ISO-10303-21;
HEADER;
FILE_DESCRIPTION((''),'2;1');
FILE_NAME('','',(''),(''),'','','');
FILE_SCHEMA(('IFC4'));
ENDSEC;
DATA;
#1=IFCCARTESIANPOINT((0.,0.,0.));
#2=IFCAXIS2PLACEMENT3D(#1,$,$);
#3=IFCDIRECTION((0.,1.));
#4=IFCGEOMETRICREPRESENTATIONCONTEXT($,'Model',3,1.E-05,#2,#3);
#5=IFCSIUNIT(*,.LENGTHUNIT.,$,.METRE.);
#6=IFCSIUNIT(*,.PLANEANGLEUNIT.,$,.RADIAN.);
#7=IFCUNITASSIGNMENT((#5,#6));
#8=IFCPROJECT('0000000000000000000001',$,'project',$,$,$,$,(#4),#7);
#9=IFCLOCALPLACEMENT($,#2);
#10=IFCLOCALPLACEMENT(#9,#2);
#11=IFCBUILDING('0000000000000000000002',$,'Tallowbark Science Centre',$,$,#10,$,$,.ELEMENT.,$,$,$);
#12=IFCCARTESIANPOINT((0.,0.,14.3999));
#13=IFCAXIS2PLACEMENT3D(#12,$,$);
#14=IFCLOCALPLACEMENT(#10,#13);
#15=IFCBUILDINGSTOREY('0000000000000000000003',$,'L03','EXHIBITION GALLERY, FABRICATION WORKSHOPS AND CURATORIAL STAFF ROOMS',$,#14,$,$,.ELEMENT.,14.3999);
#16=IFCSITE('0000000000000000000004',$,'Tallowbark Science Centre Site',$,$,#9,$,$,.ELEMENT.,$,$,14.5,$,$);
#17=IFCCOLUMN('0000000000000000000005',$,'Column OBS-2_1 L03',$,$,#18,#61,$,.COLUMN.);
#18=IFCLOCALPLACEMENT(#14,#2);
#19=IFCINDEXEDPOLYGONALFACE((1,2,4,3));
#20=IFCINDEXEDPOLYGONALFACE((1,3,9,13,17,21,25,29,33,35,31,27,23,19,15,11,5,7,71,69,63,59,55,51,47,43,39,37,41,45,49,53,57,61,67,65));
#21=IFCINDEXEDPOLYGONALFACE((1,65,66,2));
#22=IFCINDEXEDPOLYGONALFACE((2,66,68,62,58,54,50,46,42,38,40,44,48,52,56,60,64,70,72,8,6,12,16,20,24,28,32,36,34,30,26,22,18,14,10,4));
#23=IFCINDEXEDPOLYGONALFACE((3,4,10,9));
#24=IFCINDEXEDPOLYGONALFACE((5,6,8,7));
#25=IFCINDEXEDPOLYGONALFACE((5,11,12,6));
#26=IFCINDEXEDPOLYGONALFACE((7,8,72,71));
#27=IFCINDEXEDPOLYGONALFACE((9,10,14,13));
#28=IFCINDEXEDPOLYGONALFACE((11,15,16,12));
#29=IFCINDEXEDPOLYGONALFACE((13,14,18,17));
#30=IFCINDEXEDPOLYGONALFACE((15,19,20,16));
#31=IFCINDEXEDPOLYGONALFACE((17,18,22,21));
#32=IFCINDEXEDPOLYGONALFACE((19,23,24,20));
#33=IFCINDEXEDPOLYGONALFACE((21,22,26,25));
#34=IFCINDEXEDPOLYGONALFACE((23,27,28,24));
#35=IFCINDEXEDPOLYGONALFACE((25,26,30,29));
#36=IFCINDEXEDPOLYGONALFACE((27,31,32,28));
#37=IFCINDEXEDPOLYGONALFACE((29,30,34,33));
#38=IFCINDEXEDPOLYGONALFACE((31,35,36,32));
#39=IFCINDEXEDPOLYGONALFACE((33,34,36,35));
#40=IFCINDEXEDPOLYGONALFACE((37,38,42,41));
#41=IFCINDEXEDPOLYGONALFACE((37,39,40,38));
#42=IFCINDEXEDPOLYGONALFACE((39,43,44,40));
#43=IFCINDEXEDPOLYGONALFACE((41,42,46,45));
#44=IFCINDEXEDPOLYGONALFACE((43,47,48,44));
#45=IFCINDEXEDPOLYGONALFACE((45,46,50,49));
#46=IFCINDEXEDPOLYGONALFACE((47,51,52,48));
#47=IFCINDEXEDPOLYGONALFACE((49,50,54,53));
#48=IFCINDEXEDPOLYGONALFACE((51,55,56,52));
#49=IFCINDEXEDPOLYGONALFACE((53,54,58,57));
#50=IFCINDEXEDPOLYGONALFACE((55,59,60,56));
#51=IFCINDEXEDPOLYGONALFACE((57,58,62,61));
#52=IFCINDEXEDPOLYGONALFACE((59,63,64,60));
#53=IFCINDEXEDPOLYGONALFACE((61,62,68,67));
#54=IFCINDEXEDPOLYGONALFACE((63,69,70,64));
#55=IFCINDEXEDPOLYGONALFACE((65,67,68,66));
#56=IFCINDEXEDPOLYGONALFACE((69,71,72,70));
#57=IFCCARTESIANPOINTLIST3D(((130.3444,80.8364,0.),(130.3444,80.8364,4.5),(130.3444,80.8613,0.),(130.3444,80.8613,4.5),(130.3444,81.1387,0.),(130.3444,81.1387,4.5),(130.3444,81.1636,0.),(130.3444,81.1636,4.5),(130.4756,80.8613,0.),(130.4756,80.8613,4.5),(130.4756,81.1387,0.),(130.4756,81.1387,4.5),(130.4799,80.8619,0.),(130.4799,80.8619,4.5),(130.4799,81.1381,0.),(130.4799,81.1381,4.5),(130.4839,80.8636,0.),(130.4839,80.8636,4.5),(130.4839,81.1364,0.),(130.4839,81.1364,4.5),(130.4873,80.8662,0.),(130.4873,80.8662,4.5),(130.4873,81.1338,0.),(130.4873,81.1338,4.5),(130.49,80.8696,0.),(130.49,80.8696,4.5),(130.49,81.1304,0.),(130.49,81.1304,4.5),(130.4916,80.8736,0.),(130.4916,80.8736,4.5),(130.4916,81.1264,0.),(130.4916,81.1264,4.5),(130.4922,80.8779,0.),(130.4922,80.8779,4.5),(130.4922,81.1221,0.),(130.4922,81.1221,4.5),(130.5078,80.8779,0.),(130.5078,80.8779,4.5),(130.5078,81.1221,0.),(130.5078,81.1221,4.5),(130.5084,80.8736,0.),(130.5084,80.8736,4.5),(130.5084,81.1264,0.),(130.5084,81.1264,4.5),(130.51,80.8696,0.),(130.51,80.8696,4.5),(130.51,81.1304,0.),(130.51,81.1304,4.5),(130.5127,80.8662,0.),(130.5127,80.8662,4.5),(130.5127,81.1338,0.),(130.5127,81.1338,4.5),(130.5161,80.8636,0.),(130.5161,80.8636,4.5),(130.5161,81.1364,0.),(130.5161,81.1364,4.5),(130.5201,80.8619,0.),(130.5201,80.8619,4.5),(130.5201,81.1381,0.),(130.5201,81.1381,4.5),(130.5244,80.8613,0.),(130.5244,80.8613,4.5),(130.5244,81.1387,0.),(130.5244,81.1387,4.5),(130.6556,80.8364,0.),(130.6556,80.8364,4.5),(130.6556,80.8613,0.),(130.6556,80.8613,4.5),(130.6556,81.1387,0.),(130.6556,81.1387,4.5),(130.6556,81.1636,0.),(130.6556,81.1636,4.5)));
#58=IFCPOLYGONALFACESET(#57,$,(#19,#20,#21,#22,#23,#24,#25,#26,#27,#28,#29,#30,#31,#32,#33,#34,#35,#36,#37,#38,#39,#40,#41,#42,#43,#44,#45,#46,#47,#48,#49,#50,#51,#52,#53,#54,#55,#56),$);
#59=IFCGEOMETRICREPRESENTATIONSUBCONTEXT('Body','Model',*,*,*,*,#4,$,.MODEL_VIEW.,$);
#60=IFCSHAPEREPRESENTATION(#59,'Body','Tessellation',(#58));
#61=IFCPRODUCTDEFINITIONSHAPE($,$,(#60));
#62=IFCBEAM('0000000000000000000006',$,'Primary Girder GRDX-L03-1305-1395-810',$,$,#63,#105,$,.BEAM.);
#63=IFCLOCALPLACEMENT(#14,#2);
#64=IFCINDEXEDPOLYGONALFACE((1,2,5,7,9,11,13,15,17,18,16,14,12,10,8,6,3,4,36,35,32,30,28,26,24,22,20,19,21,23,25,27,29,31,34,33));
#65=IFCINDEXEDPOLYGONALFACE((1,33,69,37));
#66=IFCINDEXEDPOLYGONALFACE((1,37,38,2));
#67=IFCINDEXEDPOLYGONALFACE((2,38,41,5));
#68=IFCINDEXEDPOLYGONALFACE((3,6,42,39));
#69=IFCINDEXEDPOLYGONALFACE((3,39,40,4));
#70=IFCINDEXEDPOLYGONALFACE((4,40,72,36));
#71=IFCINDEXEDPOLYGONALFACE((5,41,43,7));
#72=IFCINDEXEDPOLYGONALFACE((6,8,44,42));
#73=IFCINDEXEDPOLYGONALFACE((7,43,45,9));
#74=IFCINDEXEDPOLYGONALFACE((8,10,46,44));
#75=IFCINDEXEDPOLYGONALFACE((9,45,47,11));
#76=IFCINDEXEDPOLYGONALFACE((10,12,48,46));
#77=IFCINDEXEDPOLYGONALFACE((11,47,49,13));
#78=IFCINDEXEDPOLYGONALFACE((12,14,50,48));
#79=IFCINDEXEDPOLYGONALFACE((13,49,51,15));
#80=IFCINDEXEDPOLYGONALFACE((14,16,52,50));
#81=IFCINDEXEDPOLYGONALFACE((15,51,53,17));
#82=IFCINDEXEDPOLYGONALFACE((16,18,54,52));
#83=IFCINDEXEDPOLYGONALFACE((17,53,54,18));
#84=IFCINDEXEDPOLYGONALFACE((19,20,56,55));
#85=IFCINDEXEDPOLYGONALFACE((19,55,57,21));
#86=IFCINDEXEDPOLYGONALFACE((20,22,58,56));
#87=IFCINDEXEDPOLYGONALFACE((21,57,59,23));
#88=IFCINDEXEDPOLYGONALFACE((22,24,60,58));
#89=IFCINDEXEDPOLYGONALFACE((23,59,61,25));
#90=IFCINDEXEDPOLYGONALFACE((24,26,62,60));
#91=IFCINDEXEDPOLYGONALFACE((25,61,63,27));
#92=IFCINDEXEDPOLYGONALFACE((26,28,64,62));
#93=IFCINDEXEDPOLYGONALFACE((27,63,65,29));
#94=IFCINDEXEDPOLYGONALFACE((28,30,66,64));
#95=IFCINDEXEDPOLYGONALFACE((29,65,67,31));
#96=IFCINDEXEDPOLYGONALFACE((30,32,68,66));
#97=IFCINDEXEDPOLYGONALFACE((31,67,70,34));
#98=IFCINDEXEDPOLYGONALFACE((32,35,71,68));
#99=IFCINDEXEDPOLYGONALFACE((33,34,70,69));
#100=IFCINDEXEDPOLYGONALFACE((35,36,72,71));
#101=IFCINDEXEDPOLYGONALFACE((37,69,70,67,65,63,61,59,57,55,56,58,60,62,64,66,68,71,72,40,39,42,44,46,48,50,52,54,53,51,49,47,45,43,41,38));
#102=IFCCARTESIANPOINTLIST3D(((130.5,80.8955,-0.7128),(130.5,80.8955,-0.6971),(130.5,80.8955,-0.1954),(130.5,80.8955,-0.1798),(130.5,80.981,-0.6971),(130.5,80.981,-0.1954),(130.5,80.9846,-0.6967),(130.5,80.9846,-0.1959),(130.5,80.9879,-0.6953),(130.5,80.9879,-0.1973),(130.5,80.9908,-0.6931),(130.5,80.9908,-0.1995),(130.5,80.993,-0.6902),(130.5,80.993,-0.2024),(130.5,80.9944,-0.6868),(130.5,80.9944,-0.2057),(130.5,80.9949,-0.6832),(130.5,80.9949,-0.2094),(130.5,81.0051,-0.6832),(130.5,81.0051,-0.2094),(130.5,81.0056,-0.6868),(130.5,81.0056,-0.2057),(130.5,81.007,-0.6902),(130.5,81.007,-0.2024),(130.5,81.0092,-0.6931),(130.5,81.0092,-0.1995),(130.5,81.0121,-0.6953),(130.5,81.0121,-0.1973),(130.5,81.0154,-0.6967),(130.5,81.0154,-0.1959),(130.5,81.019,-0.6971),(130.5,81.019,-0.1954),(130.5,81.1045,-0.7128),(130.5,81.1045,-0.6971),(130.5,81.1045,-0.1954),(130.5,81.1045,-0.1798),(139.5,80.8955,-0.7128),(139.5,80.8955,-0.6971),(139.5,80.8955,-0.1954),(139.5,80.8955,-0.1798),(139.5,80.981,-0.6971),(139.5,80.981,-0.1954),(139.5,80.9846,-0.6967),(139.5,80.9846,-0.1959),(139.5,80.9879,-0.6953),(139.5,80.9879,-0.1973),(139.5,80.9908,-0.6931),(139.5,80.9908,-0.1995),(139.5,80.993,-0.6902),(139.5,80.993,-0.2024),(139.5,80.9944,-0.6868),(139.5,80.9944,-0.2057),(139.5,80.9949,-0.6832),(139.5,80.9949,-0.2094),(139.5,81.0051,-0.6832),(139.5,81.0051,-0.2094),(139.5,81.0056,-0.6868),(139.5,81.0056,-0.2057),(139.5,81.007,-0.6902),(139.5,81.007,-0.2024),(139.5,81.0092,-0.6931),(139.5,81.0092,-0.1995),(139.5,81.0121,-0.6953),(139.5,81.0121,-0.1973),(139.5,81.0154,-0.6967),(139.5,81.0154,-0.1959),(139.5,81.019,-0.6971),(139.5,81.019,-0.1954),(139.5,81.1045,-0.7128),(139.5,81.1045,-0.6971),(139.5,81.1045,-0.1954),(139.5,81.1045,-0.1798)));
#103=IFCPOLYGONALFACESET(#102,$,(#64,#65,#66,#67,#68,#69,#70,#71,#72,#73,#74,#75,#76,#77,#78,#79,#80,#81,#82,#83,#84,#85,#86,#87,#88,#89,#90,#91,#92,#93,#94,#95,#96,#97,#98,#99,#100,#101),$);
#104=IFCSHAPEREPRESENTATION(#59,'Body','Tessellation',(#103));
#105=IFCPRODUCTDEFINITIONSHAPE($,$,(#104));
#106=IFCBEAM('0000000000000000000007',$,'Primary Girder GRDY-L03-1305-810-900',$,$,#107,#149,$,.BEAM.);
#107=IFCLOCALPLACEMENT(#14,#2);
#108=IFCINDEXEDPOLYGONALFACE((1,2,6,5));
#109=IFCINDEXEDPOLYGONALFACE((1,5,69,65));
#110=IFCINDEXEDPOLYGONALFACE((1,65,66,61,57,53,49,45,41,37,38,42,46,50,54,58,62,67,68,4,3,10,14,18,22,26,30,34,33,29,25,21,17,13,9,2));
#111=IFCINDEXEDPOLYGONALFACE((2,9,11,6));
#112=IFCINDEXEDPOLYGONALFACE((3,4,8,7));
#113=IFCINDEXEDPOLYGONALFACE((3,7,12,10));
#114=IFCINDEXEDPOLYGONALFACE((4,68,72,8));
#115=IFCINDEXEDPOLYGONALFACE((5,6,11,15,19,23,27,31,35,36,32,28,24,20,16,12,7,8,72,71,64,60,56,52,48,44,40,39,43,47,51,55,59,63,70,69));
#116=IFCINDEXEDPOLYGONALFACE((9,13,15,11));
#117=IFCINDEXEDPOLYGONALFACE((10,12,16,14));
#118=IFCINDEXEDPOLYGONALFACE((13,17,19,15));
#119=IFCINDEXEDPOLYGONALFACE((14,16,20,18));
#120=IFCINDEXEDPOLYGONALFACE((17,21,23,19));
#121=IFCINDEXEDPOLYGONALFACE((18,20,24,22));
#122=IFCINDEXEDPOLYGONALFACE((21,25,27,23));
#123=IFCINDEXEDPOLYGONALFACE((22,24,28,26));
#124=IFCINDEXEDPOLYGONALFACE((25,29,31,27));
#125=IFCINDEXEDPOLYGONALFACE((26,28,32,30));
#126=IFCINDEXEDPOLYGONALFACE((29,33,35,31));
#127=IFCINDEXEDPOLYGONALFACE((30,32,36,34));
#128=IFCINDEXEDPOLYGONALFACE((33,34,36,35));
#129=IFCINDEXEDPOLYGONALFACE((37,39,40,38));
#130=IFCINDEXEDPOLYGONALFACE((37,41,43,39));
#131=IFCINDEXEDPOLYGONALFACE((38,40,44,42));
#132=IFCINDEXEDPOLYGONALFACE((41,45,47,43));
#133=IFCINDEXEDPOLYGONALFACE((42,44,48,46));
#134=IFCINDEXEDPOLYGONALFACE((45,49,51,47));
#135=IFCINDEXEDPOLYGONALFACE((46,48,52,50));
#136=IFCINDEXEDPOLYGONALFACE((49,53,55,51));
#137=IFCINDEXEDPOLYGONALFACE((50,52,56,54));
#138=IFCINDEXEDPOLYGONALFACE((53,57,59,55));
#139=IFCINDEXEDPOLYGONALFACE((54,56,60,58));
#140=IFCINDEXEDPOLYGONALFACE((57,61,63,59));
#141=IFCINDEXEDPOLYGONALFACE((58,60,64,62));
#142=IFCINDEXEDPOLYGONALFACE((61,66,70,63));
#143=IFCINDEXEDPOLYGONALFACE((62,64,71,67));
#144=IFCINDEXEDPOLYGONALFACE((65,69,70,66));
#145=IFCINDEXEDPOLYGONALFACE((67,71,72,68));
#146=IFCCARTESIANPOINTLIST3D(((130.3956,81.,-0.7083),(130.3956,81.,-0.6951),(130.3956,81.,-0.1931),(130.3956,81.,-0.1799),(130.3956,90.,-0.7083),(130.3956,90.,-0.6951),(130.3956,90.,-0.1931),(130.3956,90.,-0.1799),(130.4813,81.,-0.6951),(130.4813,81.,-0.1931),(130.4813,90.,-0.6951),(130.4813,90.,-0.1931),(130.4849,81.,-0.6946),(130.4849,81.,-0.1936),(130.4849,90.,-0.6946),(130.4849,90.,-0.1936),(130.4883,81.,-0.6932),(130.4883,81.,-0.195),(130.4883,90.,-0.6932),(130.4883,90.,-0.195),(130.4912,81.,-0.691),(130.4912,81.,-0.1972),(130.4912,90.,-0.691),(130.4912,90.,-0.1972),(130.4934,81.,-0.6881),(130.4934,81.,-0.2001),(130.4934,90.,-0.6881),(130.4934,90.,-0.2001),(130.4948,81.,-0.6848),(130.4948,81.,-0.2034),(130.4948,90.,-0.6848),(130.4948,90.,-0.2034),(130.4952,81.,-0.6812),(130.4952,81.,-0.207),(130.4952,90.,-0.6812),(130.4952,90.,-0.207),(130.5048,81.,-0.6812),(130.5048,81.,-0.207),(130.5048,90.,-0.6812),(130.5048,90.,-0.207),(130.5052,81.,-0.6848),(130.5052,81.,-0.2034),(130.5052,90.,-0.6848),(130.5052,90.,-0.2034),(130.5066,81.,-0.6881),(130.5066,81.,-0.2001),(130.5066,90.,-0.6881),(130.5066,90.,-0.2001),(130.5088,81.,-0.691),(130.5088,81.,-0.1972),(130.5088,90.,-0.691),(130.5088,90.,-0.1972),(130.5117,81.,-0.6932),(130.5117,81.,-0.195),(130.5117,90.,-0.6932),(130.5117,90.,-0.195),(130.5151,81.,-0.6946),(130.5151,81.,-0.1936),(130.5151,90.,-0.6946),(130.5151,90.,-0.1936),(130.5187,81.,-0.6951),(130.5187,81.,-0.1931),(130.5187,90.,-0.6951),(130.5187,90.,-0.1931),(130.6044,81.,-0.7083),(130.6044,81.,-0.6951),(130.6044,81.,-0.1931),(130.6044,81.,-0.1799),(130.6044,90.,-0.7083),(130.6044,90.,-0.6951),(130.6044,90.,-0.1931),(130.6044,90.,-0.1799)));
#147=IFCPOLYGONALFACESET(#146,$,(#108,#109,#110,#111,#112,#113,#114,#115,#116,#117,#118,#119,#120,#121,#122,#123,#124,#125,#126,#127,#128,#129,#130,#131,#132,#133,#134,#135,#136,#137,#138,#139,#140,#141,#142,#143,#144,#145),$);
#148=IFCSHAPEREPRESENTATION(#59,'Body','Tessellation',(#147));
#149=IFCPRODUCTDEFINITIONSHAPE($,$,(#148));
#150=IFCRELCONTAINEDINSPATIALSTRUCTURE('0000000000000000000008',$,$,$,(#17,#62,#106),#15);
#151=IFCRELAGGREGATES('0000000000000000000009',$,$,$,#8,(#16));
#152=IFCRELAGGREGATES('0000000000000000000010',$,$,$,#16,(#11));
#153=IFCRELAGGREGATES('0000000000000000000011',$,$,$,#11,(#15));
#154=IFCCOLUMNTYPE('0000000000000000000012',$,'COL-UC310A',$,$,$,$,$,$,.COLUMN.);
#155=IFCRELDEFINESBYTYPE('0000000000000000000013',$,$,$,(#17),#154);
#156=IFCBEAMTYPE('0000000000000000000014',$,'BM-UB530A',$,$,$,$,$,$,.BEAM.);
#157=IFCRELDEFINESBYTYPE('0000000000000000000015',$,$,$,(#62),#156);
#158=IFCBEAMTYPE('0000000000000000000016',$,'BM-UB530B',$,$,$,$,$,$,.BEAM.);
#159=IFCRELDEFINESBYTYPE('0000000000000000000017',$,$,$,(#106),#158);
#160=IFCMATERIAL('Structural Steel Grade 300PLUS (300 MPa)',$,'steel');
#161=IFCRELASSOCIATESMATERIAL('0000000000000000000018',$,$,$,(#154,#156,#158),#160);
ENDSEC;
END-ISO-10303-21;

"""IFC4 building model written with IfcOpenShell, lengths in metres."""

from ifc_helpers import new_model, si_unit, direction, frame, origin, origin_2d, place, context, subcontext, project, spatial, i_section, extrude, material, material_profile, profile_set, type_object, element, save


model = new_model("IFC4")

# Units and contexts
model_context = context("Model", 3, precision=1e-05, world=origin(), true_north=direction((0.0, 1.0)))
body_context = subcontext(model_context, "Body", "Model", "MODEL_VIEW")
ifc_project = project(units=[si_unit("LENGTHUNIT", "METRE"), si_unit("PLANEANGLEUNIT", "RADIAN")], contexts=[model_context])

# Site, building, storey
site_placement = place(None, origin())
site = spatial("IfcSite", under=ifc_project, at=site_placement, Name="Tallowbark Science Centre Site", CompositionType="ELEMENT", RefElevation=14.5)
building_placement = place(site_placement, origin())
building = spatial("IfcBuilding", under=site, at=building_placement, Name="Tallowbark Science Centre", CompositionType="ELEMENT")
storey_placement = place(building_placement, frame((0.0, 0.0, 14.3999)))
storey = spatial("IfcBuildingStorey", under=building, at=storey_placement, Name="L03", Description="EXHIBITION GALLERY, FABRICATION WORKSHOPS AND CURATORIAL STAFF ROOMS", CompositionType="ELEMENT", Elevation=14.3999)

# Column
ifc_material_1 = material(Name="Structural Steel Grade 300PLUS (300 MPa)", Category="steel")
ifc_material_profile_1 = material_profile(ifc_material_1, i_section(OverallWidth=0.3113, OverallDepth=0.3271, WebThickness=0.0156, FlangeThickness=0.0249, FilletRadius=0.0166, at=origin_2d()), Name="310UC158")
ifc_profile_set_1 = profile_set([ifc_material_profile_1], Name="Structural Steel Grade 300PLUS (300 MPa)")
column_type = type_object("IfcColumnType", Name="COL-UC310A", PredefinedType="COLUMN", material=ifc_profile_set_1)
column_placement = place(storey_placement, frame((130.5, 81.0, 0.0), z_axis=(0.0, 0.0, 1.0), x_axis=(1.0, 0.0, 0.0)))
element("IfcColumn", 1, at=column_placement, inside=storey, type_object=column_type, Name="Column OBS-2_1 L03", PredefinedType="COLUMN", context=body_context, shape_type="SweptSolid", body=[
    extrude(i_section(OverallWidth=0.3113, OverallDepth=0.3271, WebThickness=0.0156, FlangeThickness=0.0249, FilletRadius=0.0166, at=origin_2d()), origin(), (0.0, 0.0, 1.0), 4.5),
])

# Beams
ifc_material_profile_2 = material_profile(ifc_material_1, i_section(OverallWidth=0.209, OverallDepth=0.533, WebThickness=0.0103, FlangeThickness=0.0156, FilletRadius=0.0139, at=origin_2d()), Name="530UB92.4")
ifc_profile_set_2 = profile_set([ifc_material_profile_2], Name="Structural Steel Grade 300PLUS (300 MPa)")
beam_type_1 = type_object("IfcBeamType", Name="BM-UB530A", PredefinedType="BEAM", material=ifc_profile_set_2)
beam_1_placement = place(storey_placement, frame((130.5, 81.0, -0.4463), z_axis=(1.0, 0.0, 0.0), x_axis=(0.0, 1.0, 0.0)))
element("IfcBeam", 2, at=beam_1_placement, inside=storey, type_object=beam_type_1, Name="Primary Girder GRDX-L03-1305-1395-810", PredefinedType="BEAM", context=body_context, shape_type="SweptSolid", body=[
    extrude(i_section(OverallWidth=0.209, OverallDepth=0.533, WebThickness=0.0103, FlangeThickness=0.0156, FilletRadius=0.0139, at=origin_2d()), origin(), (0.0, 0.0, 1.0), 9.0),
])
ifc_material_profile_3 = material_profile(ifc_material_1, i_section(OverallWidth=0.2087, OverallDepth=0.5283, WebThickness=0.0095, FlangeThickness=0.0132, FilletRadius=0.0139, at=origin_2d()), Name="530UB82.0")
ifc_profile_set_3 = profile_set([ifc_material_profile_3], Name="Structural Steel Grade 300PLUS (300 MPa)")
beam_type_2 = type_object("IfcBeamType", Name="BM-UB530B", PredefinedType="BEAM", material=ifc_profile_set_3)
beam_2_placement = place(storey_placement, frame((130.5, 81.0, -0.4441), z_axis=(0.0, 1.0, 0.0), x_axis=(-1.0, 0.0, 0.0)))
element("IfcBeam", 3, at=beam_2_placement, inside=storey, type_object=beam_type_2, Name="Primary Girder GRDY-L03-1305-810-900", PredefinedType="BEAM", context=body_context, shape_type="SweptSolid", body=[
    extrude(i_section(OverallWidth=0.2087, OverallDepth=0.5283, WebThickness=0.0095, FlangeThickness=0.0132, FilletRadius=0.0139, at=origin_2d()), origin(), (0.0, 0.0, 1.0), 9.0),
])

save(model, "model.ifc")
